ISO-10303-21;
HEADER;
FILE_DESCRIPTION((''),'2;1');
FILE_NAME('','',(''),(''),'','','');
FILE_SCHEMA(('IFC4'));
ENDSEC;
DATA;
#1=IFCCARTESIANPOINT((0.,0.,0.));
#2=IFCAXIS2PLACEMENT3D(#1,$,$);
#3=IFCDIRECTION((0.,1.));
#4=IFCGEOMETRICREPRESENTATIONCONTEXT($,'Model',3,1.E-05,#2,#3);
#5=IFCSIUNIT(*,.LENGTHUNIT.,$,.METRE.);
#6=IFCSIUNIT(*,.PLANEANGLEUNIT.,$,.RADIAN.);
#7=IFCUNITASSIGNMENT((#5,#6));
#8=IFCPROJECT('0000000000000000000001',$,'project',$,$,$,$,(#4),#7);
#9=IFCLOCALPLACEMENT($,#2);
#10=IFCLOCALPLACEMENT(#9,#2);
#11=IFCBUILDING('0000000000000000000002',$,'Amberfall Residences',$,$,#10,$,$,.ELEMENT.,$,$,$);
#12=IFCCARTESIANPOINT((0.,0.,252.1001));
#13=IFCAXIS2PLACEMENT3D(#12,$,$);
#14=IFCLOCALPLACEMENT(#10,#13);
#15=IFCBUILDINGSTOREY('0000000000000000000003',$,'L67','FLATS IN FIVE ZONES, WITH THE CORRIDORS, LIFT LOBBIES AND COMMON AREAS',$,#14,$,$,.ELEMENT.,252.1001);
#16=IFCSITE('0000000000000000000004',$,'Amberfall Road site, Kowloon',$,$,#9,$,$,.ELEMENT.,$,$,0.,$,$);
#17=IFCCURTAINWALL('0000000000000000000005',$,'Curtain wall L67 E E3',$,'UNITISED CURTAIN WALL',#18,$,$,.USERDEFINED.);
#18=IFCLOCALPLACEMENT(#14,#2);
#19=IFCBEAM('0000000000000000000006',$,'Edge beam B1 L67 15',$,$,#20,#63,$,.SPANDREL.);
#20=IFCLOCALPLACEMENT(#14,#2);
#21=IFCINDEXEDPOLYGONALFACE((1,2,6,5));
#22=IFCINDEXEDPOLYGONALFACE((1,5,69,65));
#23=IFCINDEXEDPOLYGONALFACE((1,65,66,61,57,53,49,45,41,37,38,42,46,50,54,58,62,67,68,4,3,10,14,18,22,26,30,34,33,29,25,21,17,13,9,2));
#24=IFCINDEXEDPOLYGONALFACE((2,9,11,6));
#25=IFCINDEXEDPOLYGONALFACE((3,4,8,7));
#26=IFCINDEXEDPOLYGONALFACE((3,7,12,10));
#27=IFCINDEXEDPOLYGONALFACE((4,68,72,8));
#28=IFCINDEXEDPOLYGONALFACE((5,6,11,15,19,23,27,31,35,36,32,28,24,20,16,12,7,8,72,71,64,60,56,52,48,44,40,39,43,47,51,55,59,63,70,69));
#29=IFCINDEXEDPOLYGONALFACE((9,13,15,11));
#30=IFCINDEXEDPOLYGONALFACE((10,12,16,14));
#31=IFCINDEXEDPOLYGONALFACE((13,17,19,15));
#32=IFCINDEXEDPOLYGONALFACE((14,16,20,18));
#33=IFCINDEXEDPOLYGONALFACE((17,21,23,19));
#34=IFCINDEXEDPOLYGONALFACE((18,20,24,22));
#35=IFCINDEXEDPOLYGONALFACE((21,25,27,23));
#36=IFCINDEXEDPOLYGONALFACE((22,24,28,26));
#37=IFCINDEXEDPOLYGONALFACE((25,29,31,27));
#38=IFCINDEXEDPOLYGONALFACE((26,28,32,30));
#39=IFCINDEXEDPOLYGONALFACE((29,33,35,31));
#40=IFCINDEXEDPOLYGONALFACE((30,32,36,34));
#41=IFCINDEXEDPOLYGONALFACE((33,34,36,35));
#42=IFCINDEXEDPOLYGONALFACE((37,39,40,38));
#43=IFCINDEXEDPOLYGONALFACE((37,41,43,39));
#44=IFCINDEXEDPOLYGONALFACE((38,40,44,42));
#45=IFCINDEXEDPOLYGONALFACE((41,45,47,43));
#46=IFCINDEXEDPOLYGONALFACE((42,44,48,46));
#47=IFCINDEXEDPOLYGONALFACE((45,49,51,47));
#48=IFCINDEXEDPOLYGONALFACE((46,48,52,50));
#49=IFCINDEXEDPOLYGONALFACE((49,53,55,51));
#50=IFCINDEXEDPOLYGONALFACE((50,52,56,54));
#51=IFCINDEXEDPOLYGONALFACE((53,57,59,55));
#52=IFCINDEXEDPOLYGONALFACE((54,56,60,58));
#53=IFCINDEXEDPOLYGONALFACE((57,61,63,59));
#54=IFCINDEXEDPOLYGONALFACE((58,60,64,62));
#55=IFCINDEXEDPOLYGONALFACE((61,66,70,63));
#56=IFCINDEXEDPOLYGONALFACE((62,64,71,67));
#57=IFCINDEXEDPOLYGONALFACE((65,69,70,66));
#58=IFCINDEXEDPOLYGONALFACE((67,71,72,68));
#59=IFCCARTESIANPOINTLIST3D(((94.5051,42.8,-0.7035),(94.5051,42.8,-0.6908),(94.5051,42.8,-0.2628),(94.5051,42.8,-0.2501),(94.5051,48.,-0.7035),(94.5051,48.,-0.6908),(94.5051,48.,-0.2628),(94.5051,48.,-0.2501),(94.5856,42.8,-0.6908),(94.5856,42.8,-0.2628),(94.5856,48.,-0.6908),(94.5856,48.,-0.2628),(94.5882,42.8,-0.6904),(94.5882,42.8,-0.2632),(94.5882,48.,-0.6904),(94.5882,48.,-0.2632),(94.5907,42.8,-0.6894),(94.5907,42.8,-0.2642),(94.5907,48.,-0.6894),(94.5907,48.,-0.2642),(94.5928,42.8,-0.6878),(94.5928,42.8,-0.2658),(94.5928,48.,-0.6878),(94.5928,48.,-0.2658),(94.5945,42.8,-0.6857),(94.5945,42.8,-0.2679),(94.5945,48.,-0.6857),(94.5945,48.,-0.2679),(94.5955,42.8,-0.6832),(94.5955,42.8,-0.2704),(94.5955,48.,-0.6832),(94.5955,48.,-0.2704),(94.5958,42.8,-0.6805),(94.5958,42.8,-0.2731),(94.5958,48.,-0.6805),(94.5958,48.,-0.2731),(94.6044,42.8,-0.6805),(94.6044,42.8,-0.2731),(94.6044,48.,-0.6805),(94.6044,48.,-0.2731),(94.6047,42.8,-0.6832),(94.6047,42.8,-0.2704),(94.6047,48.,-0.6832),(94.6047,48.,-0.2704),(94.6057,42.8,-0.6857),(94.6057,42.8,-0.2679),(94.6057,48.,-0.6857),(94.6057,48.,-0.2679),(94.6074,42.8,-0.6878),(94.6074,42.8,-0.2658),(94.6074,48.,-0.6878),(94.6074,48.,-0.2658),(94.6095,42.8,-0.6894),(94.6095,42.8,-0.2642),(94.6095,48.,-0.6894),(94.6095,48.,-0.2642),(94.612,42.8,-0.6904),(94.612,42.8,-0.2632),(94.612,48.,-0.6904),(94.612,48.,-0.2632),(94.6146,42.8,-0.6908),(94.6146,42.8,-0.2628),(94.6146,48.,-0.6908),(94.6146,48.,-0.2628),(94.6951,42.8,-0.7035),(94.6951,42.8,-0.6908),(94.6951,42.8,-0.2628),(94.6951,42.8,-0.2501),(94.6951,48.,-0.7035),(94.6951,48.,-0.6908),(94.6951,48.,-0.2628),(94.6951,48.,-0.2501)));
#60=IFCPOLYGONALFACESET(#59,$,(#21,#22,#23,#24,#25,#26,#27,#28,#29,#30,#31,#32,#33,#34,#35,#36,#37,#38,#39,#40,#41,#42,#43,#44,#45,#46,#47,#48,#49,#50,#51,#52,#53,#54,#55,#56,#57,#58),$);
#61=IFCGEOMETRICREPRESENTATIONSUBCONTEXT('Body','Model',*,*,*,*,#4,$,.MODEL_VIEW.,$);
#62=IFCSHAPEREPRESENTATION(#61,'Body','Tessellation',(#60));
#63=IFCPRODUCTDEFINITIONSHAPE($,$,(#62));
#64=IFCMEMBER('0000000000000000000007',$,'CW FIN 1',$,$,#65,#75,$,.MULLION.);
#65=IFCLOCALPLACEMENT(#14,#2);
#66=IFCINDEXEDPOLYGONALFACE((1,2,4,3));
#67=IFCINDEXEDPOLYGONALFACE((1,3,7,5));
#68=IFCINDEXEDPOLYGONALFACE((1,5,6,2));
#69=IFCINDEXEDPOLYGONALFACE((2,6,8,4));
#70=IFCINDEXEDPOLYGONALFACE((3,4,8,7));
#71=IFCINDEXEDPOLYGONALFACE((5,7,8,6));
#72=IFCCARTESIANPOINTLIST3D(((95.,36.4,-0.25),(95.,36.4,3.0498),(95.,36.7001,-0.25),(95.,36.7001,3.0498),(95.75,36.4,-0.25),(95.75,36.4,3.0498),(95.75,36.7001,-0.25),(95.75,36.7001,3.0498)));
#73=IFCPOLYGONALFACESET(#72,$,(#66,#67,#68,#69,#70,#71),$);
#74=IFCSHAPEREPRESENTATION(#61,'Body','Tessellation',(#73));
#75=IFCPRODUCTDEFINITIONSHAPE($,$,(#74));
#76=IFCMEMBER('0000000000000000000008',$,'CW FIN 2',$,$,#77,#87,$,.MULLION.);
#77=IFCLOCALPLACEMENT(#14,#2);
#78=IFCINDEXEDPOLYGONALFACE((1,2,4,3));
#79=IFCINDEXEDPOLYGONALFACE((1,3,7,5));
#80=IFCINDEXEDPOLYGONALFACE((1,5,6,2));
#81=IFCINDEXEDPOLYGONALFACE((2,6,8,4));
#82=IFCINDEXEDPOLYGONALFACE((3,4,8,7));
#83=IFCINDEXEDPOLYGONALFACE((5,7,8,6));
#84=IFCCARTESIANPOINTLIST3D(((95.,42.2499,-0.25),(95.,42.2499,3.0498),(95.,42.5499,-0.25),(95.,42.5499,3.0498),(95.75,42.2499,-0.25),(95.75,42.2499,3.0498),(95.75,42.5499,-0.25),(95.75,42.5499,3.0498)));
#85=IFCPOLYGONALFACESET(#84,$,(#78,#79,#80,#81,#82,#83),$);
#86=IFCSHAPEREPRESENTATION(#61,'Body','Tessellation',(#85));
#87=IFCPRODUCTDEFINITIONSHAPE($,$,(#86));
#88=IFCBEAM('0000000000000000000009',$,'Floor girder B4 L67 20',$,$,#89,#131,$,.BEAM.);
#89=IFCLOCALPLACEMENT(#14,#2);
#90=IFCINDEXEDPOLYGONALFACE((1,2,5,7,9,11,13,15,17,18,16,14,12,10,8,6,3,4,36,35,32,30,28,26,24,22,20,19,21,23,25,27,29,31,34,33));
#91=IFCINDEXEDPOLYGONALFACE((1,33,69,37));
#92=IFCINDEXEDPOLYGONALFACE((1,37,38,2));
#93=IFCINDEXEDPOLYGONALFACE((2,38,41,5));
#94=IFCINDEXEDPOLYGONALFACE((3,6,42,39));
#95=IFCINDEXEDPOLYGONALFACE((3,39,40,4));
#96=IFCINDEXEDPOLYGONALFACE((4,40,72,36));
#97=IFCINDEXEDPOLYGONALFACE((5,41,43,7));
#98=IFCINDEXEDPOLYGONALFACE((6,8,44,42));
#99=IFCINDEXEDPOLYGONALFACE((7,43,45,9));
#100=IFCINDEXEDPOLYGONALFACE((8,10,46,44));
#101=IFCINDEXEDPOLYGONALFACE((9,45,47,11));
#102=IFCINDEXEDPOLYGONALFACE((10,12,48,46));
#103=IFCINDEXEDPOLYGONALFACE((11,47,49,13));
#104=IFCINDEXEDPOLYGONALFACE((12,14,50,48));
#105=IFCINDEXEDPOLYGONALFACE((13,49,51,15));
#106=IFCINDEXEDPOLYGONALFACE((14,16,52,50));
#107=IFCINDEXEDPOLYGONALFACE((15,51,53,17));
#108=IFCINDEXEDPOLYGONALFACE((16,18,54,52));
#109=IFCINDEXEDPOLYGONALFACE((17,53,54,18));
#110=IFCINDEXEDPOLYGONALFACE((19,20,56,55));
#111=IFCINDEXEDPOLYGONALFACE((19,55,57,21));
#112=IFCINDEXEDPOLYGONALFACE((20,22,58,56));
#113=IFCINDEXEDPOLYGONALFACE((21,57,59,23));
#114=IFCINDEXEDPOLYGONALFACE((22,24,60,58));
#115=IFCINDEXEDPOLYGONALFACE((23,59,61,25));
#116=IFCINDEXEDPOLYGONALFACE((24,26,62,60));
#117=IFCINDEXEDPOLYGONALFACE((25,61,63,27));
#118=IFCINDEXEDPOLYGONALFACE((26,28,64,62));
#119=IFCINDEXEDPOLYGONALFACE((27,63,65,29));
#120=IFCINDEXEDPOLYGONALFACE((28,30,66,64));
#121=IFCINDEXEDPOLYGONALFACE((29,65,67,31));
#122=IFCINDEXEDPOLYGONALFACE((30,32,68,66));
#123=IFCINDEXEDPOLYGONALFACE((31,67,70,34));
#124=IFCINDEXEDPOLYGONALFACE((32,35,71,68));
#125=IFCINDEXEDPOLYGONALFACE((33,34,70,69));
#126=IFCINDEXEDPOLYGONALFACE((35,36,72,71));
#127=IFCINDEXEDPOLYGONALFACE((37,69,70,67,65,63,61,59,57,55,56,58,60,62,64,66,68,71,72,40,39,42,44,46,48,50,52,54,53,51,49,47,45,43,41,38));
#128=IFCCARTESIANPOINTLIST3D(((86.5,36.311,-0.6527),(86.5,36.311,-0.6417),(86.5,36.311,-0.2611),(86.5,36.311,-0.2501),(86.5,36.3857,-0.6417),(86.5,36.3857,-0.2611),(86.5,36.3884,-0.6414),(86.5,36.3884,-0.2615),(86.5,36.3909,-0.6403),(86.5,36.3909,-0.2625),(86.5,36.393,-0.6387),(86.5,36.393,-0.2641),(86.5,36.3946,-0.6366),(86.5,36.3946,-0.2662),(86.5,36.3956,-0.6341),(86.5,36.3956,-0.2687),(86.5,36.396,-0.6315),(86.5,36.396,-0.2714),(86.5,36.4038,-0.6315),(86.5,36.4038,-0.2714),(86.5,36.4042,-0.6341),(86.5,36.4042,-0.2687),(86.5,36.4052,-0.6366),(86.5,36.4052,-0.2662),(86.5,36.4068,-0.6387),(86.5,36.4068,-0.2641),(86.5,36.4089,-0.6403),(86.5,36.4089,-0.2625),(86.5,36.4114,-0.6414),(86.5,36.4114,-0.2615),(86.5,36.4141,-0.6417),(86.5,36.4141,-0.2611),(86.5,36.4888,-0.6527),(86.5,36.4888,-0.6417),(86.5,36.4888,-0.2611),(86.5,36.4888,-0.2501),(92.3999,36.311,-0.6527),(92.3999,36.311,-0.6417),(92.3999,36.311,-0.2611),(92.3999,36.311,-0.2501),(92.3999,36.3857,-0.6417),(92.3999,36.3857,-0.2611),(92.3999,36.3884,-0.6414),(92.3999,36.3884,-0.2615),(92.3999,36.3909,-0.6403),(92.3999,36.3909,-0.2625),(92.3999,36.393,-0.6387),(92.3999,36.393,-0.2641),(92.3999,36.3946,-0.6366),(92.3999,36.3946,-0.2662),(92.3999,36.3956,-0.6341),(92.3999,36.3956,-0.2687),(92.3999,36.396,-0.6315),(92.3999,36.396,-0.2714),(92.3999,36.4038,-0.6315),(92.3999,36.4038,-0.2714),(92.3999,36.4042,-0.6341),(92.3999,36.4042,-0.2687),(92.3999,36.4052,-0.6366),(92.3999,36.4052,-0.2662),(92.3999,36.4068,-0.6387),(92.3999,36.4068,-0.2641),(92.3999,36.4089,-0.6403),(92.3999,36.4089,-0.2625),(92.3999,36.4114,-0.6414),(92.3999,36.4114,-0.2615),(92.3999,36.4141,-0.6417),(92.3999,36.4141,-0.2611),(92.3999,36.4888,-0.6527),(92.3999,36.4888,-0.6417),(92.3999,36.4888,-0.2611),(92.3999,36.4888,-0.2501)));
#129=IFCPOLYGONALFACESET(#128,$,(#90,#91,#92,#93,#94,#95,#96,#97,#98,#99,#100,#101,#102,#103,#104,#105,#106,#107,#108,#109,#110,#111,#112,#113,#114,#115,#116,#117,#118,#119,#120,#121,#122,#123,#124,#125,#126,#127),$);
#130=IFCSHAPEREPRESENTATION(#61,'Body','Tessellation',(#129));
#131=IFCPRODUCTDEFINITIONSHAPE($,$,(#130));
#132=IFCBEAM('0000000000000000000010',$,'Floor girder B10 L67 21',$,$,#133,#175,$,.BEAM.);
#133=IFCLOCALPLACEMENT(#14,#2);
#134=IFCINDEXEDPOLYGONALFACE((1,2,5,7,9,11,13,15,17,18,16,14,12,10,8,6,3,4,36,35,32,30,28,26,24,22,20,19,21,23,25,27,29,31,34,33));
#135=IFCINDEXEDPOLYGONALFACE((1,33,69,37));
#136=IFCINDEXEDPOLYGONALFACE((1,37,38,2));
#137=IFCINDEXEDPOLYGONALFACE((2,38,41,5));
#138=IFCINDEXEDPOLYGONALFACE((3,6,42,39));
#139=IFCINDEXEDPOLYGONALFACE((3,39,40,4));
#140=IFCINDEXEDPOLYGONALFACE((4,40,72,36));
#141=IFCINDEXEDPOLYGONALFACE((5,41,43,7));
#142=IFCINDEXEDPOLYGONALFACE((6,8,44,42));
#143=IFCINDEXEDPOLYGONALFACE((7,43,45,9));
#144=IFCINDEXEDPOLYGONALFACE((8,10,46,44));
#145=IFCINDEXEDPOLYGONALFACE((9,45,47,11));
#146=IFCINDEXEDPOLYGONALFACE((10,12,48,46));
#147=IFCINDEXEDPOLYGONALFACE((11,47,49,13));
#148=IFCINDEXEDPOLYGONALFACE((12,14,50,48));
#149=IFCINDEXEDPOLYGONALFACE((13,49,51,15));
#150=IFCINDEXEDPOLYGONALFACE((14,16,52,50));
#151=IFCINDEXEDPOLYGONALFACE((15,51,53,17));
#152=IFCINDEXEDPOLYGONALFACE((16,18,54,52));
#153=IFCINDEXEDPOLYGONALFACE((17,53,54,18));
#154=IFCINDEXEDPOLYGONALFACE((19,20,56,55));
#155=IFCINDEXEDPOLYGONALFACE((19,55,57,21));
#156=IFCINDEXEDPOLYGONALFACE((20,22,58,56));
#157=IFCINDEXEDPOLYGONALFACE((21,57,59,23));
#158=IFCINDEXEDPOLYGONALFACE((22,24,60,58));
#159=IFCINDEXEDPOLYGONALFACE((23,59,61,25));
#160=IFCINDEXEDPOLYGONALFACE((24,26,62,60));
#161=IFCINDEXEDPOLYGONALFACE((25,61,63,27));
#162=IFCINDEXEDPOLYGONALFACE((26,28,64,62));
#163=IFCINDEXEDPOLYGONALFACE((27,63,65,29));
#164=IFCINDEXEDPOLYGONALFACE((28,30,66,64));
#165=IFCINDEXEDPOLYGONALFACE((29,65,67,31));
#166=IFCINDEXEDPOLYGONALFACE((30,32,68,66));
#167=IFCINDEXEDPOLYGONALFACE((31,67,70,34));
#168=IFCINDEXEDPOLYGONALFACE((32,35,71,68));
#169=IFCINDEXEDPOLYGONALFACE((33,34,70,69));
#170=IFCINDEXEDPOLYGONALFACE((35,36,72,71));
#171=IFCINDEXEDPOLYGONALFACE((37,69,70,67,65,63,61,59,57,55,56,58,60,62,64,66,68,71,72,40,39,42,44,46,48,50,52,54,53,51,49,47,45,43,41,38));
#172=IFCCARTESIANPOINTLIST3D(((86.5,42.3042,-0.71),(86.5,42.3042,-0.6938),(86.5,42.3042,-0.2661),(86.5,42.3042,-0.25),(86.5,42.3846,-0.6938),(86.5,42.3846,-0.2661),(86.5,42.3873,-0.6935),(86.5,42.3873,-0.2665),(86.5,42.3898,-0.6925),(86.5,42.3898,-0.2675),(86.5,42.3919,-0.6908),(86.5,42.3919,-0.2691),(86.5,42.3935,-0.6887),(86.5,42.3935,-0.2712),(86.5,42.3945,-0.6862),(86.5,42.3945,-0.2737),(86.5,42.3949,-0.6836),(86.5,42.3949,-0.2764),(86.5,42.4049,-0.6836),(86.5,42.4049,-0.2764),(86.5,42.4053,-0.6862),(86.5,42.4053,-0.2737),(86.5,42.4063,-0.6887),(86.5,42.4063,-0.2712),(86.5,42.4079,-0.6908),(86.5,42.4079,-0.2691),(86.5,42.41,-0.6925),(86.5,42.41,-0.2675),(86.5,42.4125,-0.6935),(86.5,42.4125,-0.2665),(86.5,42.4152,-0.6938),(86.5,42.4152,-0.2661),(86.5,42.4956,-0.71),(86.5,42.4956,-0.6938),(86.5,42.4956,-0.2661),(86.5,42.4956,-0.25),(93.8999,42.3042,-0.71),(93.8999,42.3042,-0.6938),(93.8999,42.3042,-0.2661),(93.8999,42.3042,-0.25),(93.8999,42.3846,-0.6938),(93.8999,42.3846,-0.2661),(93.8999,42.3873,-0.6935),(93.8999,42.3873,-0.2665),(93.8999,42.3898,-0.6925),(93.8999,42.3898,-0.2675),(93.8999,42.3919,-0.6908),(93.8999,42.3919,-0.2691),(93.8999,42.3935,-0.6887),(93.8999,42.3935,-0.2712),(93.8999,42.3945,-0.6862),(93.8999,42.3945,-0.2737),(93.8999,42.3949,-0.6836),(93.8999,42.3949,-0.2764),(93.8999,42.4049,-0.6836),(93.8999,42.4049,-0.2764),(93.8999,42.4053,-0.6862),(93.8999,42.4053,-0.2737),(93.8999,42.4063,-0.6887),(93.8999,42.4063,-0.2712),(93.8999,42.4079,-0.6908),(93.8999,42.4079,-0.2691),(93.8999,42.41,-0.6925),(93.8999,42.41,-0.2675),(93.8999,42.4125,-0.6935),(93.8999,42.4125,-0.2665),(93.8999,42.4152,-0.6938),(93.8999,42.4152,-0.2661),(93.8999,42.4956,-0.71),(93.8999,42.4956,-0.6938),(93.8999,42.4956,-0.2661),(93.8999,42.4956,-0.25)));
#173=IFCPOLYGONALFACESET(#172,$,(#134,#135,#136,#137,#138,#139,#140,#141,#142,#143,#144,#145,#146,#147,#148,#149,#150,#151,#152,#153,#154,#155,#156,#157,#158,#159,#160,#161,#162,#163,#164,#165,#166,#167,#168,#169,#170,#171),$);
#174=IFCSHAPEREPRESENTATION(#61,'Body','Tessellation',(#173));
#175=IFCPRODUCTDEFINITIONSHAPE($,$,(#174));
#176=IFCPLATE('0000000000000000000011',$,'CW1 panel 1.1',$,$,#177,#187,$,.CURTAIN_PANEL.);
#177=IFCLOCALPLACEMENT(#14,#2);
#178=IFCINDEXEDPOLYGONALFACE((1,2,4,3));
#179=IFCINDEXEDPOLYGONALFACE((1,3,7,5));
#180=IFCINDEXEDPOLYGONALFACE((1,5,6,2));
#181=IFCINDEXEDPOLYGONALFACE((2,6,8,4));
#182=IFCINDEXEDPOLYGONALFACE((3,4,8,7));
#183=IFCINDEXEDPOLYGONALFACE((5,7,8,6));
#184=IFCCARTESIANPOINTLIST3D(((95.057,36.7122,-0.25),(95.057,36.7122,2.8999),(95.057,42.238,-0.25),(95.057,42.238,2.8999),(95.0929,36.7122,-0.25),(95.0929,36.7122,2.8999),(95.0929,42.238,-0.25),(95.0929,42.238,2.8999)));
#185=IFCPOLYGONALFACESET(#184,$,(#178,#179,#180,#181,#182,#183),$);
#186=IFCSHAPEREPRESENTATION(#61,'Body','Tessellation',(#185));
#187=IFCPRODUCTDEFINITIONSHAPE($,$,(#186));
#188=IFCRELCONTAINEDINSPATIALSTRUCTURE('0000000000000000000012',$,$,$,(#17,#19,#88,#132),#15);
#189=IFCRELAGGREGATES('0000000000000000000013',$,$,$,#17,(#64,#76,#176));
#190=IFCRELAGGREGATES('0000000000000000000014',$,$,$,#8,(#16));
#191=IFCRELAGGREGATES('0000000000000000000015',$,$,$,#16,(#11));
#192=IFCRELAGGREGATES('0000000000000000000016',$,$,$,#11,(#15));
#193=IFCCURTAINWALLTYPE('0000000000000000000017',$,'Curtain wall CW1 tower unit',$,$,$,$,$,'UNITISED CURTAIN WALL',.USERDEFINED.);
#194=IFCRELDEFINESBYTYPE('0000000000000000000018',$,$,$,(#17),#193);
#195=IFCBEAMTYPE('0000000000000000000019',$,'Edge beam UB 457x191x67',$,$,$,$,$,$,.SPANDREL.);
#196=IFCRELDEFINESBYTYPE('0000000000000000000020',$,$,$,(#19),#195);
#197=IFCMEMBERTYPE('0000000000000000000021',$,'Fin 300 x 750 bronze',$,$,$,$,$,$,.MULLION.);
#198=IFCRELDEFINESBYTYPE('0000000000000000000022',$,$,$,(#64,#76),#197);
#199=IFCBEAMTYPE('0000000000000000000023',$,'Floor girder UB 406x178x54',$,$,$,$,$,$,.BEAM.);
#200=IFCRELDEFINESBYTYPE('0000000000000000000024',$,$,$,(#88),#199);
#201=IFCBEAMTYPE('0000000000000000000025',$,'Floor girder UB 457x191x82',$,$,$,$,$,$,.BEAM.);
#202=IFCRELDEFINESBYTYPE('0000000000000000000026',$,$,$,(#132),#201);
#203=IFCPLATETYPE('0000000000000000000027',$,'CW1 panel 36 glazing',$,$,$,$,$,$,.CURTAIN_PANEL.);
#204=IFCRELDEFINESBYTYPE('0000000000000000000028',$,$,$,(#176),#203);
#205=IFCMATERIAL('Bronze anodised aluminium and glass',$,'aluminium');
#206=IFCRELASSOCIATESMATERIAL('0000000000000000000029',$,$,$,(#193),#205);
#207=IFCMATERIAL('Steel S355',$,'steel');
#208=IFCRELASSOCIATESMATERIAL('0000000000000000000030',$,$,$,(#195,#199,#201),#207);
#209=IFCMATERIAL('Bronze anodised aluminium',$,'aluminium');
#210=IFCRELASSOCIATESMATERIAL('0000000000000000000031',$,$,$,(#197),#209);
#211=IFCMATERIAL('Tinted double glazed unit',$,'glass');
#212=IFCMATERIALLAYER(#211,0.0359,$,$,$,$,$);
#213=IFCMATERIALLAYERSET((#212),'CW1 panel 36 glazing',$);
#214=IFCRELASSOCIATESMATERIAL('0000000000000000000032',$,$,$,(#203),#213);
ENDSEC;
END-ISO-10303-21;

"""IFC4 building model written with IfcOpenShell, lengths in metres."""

from ifc_helpers import new_model, si_unit, direction, frame, origin, origin_2d, place, context, subcontext, project, spatial, rectangle, i_section, extrude, material, layer, layer_set, material_profile, profile_set, type_object, element, aggregate, save


model = new_model("IFC4")

# Units and contexts
model_context = context("Model", 3, precision=1e-05, world=origin(), true_north=direction((0.0, 1.0)))
body_context = subcontext(model_context, "Body", "Model", "MODEL_VIEW")
ifc_project = project(units=[si_unit("LENGTHUNIT", "METRE"), si_unit("PLANEANGLEUNIT", "RADIAN")], contexts=[model_context])

# Site, building, storey
site_placement = place(None, origin())
site = spatial("IfcSite", under=ifc_project, at=site_placement, Name="Amberfall Road site, Kowloon", CompositionType="ELEMENT", RefElevation=0.0)
building_placement = place(site_placement, origin())
building = spatial("IfcBuilding", under=site, at=building_placement, Name="Amberfall Residences", CompositionType="ELEMENT")
storey_placement = place(building_placement, frame((0.0, 0.0, 252.1001)))
storey = spatial("IfcBuildingStorey", under=building, at=storey_placement, Name="L67", Description="FLATS IN FIVE ZONES, WITH THE CORRIDORS, LIFT LOBBIES AND COMMON AREAS", CompositionType="ELEMENT", Elevation=252.1001)

# Curtain wall
ifc_material_1 = material(Name="Bronze anodised aluminium and glass", Category="aluminium")
curtain_wall_type = type_object("IfcCurtainWallType", Name="Curtain wall CW1 tower unit", ElementType="UNITISED CURTAIN WALL", PredefinedType="USERDEFINED", material=ifc_material_1)
curtain_wall_placement = place(storey_placement, origin())
curtain_wall = element("IfcCurtainWall", 1, at=curtain_wall_placement, inside=storey, type_object=curtain_wall_type, Name="Curtain wall L67 E E3", ObjectType="UNITISED CURTAIN WALL", PredefinedType="USERDEFINED")
ifc_material_2 = material(Name="Bronze anodised aluminium", Category="aluminium")

# Beam
ifc_material_3 = material(Name="Steel S355", Category="steel")
ifc_material_profile_1 = material_profile(ifc_material_3, i_section(OverallWidth=0.1899, OverallDepth=0.4534, WebThickness=0.0085, FlangeThickness=0.0127, FilletRadius=0.0103, at=origin_2d()), Name="UB 457x191x67")
ifc_profile_set_1 = profile_set([ifc_material_profile_1], Name="Steel S355")
beam_type_1 = type_object("IfcBeamType", Name="Edge beam UB 457x191x67", PredefinedType="SPANDREL", material=ifc_profile_set_1)
beam_1_placement = place(storey_placement, frame((94.6001, 42.8, -0.4768), z_axis=(0.0, 1.0, 0.0), x_axis=(-1.0, 0.0, 0.0)))
element("IfcBeam", 2, at=beam_1_placement, inside=storey, type_object=beam_type_1, Name="Edge beam B1 L67 15", PredefinedType="SPANDREL", context=body_context, shape_type="SweptSolid", body=[
    extrude(i_section(OverallWidth=0.1899, OverallDepth=0.4534, WebThickness=0.0085, FlangeThickness=0.0127, FilletRadius=0.0103, at=origin_2d()), origin(), (0.0, 0.0, 1.0), 5.2),
])

# Members
ifc_material_profile_2 = material_profile(ifc_material_2, rectangle(XDim=0.75, YDim=0.3, at=origin_2d()), Name="Fin 300 x 750 bronze")
ifc_profile_set_2 = profile_set([ifc_material_profile_2], Name="Bronze anodised aluminium")
member_type_1 = type_object("IfcMemberType", Name="Fin 300 x 750 bronze", PredefinedType="MULLION", material=ifc_profile_set_2)
member_1_placement = place(storey_placement, frame((95.375, 36.55, -0.25), z_axis=(0.0, 0.0, 1.0), x_axis=(-1.0, 0.0, 0.0)))
member_1 = element("IfcMember", 3, at=member_1_placement, type_object=member_type_1, Name="CW FIN 1", PredefinedType="MULLION", context=body_context, shape_type="SweptSolid", body=[
    extrude(rectangle(XDim=0.75, YDim=0.3, at=origin_2d()), origin(), (0.0, 0.0, 1.0), 3.2998),
])
member_2_placement = place(storey_placement, frame((95.375, 42.3999, -0.25), z_axis=(0.0, 0.0, 1.0), x_axis=(-1.0, 0.0, 0.0)))
member_2 = element("IfcMember", 4, at=member_2_placement, type_object=member_type_1, Name="CW FIN 2", PredefinedType="MULLION", context=body_context, shape_type="SweptSolid", body=[
    extrude(rectangle(XDim=0.75, YDim=0.3, at=origin_2d()), origin(), (0.0, 0.0, 1.0), 3.2998),
])

# Beams
ifc_material_profile_3 = material_profile(ifc_material_3, i_section(OverallWidth=0.1777, OverallDepth=0.4026, WebThickness=0.0078, FlangeThickness=0.011, FilletRadius=0.0103, at=origin_2d()), Name="UB 406x178x54")
ifc_profile_set_3 = profile_set([ifc_material_profile_3], Name="Steel S355")
beam_type_2 = type_object("IfcBeamType", Name="Floor girder UB 406x178x54", PredefinedType="BEAM", material=ifc_profile_set_3)
beam_2_placement = place(storey_placement, frame((92.3999, 36.3999, -0.4514), z_axis=(-1.0, 0.0, 0.0), x_axis=(0.0, -1.0, 0.0)))
element("IfcBeam", 5, at=beam_2_placement, inside=storey, type_object=beam_type_2, Name="Floor girder B4 L67 20", PredefinedType="BEAM", context=body_context, shape_type="SweptSolid", body=[
    extrude(i_section(OverallWidth=0.1777, OverallDepth=0.4026, WebThickness=0.0078, FlangeThickness=0.011, FilletRadius=0.0103, at=origin_2d()), origin(), (0.0, 0.0, 1.0), 5.8999),
])
ifc_material_profile_4 = material_profile(ifc_material_3, i_section(OverallWidth=0.1914, OverallDepth=0.46, WebThickness=0.01, FlangeThickness=0.0161, FilletRadius=0.0103, at=origin_2d()), Name="UB 457x191x82")
ifc_profile_set_4 = profile_set([ifc_material_profile_4], Name="Steel S355")
beam_type_3 = type_object("IfcBeamType", Name="Floor girder UB 457x191x82", PredefinedType="BEAM", material=ifc_profile_set_4)
beam_3_placement = place(storey_placement, frame((93.8999, 42.3999, -0.48), z_axis=(-1.0, 0.0, 0.0), x_axis=(0.0, -1.0, 0.0)))
element("IfcBeam", 6, at=beam_3_placement, inside=storey, type_object=beam_type_3, Name="Floor girder B10 L67 21", PredefinedType="BEAM", context=body_context, shape_type="SweptSolid", body=[
    extrude(i_section(OverallWidth=0.1914, OverallDepth=0.46, WebThickness=0.01, FlangeThickness=0.0161, FilletRadius=0.0103, at=origin_2d()), origin(), (0.0, 0.0, 1.0), 7.3999),
])

# Plate
ifc_material_4 = material(Name="Tinted double glazed unit", Category="glass")
ifc_layer_1 = layer(ifc_material_4, 0.0359)
ifc_layer_set_1 = layer_set([ifc_layer_1], Name="CW1 panel 36 glazing")
plate_type = type_object("IfcPlateType", Name="CW1 panel 36 glazing", PredefinedType="CURTAIN_PANEL", material=ifc_layer_set_1)
plate_placement = place(storey_placement, frame((95.075, 39.4751, -0.25), z_axis=(0.0, 0.0, 1.0), x_axis=(0.0, 1.0, 0.0)))
plate = element("IfcPlate", 7, at=plate_placement, type_object=plate_type, Name="CW1 panel 1.1", PredefinedType="CURTAIN_PANEL", context=body_context, shape_type="SweptSolid", body=[
    extrude(rectangle(XDim=5.5259, YDim=0.0359, at=origin_2d()), origin(), (0.0, 0.0, 1.0), 3.1499),
])
aggregate(curtain_wall, [member_1, member_2, plate])

save(model, "model.ifc")
